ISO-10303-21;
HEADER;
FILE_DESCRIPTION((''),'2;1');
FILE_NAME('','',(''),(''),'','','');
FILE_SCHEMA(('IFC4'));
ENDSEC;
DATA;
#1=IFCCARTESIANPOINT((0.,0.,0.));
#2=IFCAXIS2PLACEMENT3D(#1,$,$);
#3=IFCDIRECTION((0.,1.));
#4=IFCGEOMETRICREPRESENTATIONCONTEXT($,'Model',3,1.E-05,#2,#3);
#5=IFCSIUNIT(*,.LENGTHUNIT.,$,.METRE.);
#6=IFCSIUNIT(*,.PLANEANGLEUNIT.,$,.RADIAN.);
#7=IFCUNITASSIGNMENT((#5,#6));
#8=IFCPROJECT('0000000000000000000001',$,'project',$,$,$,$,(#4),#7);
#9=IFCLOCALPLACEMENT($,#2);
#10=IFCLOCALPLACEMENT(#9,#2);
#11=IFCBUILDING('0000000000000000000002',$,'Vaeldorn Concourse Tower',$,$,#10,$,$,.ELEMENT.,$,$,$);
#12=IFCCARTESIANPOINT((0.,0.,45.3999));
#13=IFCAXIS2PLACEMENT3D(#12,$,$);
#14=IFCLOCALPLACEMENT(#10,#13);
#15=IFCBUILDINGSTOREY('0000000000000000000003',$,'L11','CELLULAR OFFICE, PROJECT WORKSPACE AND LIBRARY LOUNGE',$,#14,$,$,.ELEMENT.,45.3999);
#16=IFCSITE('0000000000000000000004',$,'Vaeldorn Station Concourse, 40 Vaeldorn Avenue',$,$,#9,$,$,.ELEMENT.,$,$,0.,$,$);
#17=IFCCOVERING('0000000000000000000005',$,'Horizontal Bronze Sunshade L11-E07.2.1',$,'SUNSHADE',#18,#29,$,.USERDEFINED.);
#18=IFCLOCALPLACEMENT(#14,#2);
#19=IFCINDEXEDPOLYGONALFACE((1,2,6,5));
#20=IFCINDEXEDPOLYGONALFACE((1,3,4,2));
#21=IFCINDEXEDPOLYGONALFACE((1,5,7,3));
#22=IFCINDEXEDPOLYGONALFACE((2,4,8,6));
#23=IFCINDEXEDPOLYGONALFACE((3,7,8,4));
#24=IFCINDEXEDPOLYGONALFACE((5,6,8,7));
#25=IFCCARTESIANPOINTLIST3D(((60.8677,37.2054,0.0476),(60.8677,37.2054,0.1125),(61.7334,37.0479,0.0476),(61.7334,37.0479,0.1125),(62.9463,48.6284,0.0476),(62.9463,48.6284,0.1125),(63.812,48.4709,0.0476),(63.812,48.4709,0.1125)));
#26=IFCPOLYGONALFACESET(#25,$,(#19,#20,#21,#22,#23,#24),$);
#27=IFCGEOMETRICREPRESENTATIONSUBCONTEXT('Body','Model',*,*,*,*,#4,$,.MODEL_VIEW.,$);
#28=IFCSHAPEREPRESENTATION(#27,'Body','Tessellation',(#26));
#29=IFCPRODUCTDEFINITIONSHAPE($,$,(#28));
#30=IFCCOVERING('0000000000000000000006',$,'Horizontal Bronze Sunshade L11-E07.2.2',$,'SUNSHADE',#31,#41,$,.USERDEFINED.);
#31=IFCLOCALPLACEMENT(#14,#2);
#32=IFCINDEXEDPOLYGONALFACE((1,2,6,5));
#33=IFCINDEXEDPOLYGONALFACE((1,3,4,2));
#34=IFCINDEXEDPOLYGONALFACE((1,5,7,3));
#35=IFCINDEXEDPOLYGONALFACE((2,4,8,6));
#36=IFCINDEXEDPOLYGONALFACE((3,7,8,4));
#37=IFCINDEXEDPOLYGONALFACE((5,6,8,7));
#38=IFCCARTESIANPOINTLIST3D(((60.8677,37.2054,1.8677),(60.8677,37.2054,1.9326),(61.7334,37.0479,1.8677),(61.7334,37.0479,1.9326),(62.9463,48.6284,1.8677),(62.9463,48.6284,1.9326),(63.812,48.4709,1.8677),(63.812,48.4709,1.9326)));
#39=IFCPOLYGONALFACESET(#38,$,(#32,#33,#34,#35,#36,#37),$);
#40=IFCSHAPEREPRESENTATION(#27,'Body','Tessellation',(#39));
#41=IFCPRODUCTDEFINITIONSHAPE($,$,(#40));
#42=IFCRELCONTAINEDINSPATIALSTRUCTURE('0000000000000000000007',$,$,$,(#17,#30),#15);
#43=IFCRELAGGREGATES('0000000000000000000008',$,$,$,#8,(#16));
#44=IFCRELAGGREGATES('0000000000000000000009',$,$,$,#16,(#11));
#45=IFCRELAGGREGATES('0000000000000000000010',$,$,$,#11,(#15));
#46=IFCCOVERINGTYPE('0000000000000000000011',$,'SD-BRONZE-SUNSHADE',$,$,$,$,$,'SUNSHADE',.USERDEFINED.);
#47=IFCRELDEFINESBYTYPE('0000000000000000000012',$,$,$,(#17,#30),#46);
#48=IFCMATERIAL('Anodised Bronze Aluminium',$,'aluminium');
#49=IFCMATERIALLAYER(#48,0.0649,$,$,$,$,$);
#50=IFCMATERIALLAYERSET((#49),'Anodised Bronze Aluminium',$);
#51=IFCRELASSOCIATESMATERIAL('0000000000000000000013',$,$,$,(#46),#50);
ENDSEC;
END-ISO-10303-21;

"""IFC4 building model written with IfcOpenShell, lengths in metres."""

from ifc_helpers import new_model, si_unit, direction, frame, origin, origin_2d, place, context, subcontext, project, spatial, rectangle, extrude, source, transform, mapped, material, layer, layer_set, type_object, element, save


model = new_model("IFC4")

# Units and contexts
model_context = context("Model", 3, precision=1e-05, world=origin(), true_north=direction((0.0, 1.0)))
body_context = subcontext(model_context, "Body", "Model", "MODEL_VIEW")
ifc_project = project(units=[si_unit("LENGTHUNIT", "METRE"), si_unit("PLANEANGLEUNIT", "RADIAN")], contexts=[model_context])

# Site, building, storey
site_placement = place(None, origin())
site = spatial("IfcSite", under=ifc_project, at=site_placement, Name="Vaeldorn Station Concourse, 40 Vaeldorn Avenue", CompositionType="ELEMENT", RefElevation=0.0)
building_placement = place(site_placement, origin())
building = spatial("IfcBuilding", under=site, at=building_placement, Name="Vaeldorn Concourse Tower", CompositionType="ELEMENT")
storey_placement = place(building_placement, frame((0.0, 0.0, 45.3999)))
storey = spatial("IfcBuildingStorey", under=building, at=storey_placement, Name="L11", Description="CELLULAR OFFICE, PROJECT WORKSPACE AND LIBRARY LOUNGE", CompositionType="ELEMENT", Elevation=45.3999)

# Shared definitions
ifc_material_1 = material(Name="Anodised Bronze Aluminium", Category="aluminium")

# Coverings
ifc_layer_1 = layer(ifc_material_1, 0.0649)
ifc_layer_set_1 = layer_set([ifc_layer_1], Name="Anodised Bronze Aluminium")
covering_type = type_object("IfcCoveringType", Name="SD-BRONZE-SUNSHADE", ElementType="SUNSHADE", PredefinedType="USERDEFINED", material=ifc_layer_set_1)
shared_shape_1 = source(origin(), body_context, "Body", "SweptSolid", [
    extrude(rectangle(XDim=11.6106, YDim=0.8799, at=origin_2d()), origin(), (0.0, 0.0, 1.0), 0.0649),
])
for number, where, z_axis, x_axis, name in (
    (1, (62.3398, 42.8381, 0.0476), (0.0, 0.0, 1.0), (0.179025, 0.983844, 0.0), "Horizontal Bronze Sunshade L11-E07.2.1"),
    (2, (62.3398, 42.8381, 1.8677), (0.0, 0.0, 1.0), (0.179025, 0.983844, 0.0), "Horizontal Bronze Sunshade L11-E07.2.2"),
):
    element("IfcCovering", number, at=place(storey_placement, frame(where, z_axis=z_axis, x_axis=x_axis)), inside=storey, type_object=covering_type, Name=name, ObjectType="SUNSHADE", PredefinedType="USERDEFINED", context=body_context, shape_type="MappedRepresentation", body=[
        mapped(shared_shape_1, transform((0.0, 0.0, 0.0), scale=1.0)),
    ])

save(model, "model.ifc")
